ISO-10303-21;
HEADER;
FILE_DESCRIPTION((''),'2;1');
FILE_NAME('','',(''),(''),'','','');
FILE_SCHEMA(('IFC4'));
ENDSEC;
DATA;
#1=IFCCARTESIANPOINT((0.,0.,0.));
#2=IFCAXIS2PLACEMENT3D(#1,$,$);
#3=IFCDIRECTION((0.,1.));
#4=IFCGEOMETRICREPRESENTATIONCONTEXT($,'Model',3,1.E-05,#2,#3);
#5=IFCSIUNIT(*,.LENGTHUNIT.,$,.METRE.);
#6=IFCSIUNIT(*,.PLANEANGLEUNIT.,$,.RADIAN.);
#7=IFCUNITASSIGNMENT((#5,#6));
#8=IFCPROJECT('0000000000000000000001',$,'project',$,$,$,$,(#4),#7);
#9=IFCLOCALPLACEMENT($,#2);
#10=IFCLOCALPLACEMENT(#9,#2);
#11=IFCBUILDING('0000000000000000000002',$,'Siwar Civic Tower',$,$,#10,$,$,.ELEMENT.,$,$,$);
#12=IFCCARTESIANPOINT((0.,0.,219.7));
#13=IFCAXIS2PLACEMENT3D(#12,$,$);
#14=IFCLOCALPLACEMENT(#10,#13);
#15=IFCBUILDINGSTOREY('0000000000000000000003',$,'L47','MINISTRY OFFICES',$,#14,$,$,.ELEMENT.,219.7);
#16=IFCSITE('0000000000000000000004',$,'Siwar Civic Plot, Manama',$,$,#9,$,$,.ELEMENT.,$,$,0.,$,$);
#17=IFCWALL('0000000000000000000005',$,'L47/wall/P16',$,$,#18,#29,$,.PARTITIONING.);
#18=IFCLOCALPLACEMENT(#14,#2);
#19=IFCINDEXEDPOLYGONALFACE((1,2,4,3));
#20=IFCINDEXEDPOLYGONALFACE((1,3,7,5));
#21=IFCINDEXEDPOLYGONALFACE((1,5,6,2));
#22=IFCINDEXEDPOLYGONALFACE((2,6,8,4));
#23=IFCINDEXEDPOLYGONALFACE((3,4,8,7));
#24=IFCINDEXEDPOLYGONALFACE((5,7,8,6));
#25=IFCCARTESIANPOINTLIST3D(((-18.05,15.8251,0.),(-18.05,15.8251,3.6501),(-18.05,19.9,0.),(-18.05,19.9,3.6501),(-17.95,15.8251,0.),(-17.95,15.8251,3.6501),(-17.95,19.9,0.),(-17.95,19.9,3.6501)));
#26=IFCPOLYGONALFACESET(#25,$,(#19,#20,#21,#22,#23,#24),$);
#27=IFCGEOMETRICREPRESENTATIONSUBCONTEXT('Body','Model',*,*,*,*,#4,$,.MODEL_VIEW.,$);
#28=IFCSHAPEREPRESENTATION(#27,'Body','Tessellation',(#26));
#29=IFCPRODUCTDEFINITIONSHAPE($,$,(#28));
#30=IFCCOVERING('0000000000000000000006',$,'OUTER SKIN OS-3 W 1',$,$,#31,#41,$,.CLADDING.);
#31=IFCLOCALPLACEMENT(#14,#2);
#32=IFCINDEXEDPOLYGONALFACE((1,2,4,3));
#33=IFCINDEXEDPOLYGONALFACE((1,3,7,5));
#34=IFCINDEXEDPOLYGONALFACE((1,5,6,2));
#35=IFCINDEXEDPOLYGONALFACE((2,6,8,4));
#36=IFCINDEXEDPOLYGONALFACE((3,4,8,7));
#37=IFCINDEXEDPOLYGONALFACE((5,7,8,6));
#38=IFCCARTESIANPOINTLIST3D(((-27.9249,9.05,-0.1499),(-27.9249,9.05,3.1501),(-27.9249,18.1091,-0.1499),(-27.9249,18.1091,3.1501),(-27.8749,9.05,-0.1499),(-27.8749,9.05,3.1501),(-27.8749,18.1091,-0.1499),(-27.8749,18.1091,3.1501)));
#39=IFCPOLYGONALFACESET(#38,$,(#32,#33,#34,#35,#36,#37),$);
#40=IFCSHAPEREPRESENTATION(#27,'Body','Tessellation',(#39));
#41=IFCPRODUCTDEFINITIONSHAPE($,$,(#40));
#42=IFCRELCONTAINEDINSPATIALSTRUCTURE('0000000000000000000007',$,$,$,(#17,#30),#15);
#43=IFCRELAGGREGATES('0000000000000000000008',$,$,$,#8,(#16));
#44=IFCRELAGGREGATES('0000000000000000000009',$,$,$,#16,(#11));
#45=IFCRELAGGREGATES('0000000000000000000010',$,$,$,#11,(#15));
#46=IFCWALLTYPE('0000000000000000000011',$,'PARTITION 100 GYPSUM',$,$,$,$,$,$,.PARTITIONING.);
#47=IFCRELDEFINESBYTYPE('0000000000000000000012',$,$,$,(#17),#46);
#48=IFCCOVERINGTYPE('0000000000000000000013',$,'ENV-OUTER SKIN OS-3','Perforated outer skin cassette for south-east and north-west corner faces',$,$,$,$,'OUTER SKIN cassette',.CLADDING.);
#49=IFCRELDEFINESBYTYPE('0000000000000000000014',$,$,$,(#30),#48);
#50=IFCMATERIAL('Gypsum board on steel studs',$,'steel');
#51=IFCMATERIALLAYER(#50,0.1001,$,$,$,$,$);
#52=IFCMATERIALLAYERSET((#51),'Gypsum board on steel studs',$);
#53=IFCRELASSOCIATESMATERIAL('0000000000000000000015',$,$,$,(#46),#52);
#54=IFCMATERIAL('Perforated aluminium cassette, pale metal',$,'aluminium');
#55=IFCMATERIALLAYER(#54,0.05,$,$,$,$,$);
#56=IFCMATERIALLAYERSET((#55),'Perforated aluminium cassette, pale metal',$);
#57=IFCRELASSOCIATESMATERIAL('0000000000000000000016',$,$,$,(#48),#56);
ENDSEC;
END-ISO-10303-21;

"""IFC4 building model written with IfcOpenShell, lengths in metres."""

from ifc_helpers import new_model, si_unit, direction, frame, frame_2d, origin, origin_2d, place, context, subcontext, project, spatial, rectangle, extrude, material, layer, layer_set, type_object, element, save


model = new_model("IFC4")

# Units and contexts
model_context = context("Model", 3, precision=1e-05, world=origin(), true_north=direction((0.0, 1.0)))
body_context = subcontext(model_context, "Body", "Model", "MODEL_VIEW")
ifc_project = project(units=[si_unit("LENGTHUNIT", "METRE"), si_unit("PLANEANGLEUNIT", "RADIAN")], contexts=[model_context])

# Site, building, storey
site_placement = place(None, origin())
site = spatial("IfcSite", under=ifc_project, at=site_placement, Name="Siwar Civic Plot, Manama", CompositionType="ELEMENT", RefElevation=0.0)
building_placement = place(site_placement, origin())
building = spatial("IfcBuilding", under=site, at=building_placement, Name="Siwar Civic Tower", CompositionType="ELEMENT")
storey_placement = place(building_placement, frame((0.0, 0.0, 219.7)))
storey = spatial("IfcBuildingStorey", under=building, at=storey_placement, Name="L47", Description="MINISTRY OFFICES", CompositionType="ELEMENT", Elevation=219.7)

# Wall
ifc_material_1 = material(Name="Gypsum board on steel studs", Category="steel")
ifc_layer_1 = layer(ifc_material_1, 0.1001)
ifc_layer_set_1 = layer_set([ifc_layer_1], Name="Gypsum board on steel studs")
wall_type_1 = type_object("IfcWallType", Name="PARTITION 100 GYPSUM", PredefinedType="PARTITIONING", material=ifc_layer_set_1)
wall_1_placement = place(storey_placement, frame((-18.0, 15.825, 0.0), z_axis=(0.0, 0.0, 1.0), x_axis=(0.0, 1.0, 0.0)))
element("IfcWall", 1, at=wall_1_placement, inside=storey, type_object=wall_type_1, Name="L47/wall/P16", PredefinedType="PARTITIONING", context=body_context, shape_type="SweptSolid", body=[
    extrude(rectangle(XDim=4.075, YDim=0.1001, at=frame_2d((2.0376, 0.0))), origin(), (0.0, 0.0, 1.0), 3.6501),
])

# Covering
ifc_material_2 = material(Name="Perforated aluminium cassette, pale metal", Category="aluminium")
ifc_layer_2 = layer(ifc_material_2, 0.05)
ifc_layer_set_2 = layer_set([ifc_layer_2], Name="Perforated aluminium cassette, pale metal")
covering_type = type_object("IfcCoveringType", Name="ENV-OUTER SKIN OS-3", Description="Perforated outer skin cassette for south-east and north-west corner faces", ElementType="OUTER SKIN cassette", PredefinedType="CLADDING", material=ifc_layer_set_2)
covering_placement = place(storey_placement, frame((-27.8999, 13.5796, -0.1499), z_axis=(0.0, 0.0, 1.0), x_axis=(0.0, -1.0, 0.0)))
element("IfcCovering", 2, at=covering_placement, inside=storey, type_object=covering_type, Name="OUTER SKIN OS-3 W 1", PredefinedType="CLADDING", context=body_context, shape_type="SweptSolid", body=[
    extrude(rectangle(XDim=9.0591, YDim=0.05, at=origin_2d()), origin(), (0.0, 0.0, 1.0), 3.3),
])

save(model, "model.ifc")
